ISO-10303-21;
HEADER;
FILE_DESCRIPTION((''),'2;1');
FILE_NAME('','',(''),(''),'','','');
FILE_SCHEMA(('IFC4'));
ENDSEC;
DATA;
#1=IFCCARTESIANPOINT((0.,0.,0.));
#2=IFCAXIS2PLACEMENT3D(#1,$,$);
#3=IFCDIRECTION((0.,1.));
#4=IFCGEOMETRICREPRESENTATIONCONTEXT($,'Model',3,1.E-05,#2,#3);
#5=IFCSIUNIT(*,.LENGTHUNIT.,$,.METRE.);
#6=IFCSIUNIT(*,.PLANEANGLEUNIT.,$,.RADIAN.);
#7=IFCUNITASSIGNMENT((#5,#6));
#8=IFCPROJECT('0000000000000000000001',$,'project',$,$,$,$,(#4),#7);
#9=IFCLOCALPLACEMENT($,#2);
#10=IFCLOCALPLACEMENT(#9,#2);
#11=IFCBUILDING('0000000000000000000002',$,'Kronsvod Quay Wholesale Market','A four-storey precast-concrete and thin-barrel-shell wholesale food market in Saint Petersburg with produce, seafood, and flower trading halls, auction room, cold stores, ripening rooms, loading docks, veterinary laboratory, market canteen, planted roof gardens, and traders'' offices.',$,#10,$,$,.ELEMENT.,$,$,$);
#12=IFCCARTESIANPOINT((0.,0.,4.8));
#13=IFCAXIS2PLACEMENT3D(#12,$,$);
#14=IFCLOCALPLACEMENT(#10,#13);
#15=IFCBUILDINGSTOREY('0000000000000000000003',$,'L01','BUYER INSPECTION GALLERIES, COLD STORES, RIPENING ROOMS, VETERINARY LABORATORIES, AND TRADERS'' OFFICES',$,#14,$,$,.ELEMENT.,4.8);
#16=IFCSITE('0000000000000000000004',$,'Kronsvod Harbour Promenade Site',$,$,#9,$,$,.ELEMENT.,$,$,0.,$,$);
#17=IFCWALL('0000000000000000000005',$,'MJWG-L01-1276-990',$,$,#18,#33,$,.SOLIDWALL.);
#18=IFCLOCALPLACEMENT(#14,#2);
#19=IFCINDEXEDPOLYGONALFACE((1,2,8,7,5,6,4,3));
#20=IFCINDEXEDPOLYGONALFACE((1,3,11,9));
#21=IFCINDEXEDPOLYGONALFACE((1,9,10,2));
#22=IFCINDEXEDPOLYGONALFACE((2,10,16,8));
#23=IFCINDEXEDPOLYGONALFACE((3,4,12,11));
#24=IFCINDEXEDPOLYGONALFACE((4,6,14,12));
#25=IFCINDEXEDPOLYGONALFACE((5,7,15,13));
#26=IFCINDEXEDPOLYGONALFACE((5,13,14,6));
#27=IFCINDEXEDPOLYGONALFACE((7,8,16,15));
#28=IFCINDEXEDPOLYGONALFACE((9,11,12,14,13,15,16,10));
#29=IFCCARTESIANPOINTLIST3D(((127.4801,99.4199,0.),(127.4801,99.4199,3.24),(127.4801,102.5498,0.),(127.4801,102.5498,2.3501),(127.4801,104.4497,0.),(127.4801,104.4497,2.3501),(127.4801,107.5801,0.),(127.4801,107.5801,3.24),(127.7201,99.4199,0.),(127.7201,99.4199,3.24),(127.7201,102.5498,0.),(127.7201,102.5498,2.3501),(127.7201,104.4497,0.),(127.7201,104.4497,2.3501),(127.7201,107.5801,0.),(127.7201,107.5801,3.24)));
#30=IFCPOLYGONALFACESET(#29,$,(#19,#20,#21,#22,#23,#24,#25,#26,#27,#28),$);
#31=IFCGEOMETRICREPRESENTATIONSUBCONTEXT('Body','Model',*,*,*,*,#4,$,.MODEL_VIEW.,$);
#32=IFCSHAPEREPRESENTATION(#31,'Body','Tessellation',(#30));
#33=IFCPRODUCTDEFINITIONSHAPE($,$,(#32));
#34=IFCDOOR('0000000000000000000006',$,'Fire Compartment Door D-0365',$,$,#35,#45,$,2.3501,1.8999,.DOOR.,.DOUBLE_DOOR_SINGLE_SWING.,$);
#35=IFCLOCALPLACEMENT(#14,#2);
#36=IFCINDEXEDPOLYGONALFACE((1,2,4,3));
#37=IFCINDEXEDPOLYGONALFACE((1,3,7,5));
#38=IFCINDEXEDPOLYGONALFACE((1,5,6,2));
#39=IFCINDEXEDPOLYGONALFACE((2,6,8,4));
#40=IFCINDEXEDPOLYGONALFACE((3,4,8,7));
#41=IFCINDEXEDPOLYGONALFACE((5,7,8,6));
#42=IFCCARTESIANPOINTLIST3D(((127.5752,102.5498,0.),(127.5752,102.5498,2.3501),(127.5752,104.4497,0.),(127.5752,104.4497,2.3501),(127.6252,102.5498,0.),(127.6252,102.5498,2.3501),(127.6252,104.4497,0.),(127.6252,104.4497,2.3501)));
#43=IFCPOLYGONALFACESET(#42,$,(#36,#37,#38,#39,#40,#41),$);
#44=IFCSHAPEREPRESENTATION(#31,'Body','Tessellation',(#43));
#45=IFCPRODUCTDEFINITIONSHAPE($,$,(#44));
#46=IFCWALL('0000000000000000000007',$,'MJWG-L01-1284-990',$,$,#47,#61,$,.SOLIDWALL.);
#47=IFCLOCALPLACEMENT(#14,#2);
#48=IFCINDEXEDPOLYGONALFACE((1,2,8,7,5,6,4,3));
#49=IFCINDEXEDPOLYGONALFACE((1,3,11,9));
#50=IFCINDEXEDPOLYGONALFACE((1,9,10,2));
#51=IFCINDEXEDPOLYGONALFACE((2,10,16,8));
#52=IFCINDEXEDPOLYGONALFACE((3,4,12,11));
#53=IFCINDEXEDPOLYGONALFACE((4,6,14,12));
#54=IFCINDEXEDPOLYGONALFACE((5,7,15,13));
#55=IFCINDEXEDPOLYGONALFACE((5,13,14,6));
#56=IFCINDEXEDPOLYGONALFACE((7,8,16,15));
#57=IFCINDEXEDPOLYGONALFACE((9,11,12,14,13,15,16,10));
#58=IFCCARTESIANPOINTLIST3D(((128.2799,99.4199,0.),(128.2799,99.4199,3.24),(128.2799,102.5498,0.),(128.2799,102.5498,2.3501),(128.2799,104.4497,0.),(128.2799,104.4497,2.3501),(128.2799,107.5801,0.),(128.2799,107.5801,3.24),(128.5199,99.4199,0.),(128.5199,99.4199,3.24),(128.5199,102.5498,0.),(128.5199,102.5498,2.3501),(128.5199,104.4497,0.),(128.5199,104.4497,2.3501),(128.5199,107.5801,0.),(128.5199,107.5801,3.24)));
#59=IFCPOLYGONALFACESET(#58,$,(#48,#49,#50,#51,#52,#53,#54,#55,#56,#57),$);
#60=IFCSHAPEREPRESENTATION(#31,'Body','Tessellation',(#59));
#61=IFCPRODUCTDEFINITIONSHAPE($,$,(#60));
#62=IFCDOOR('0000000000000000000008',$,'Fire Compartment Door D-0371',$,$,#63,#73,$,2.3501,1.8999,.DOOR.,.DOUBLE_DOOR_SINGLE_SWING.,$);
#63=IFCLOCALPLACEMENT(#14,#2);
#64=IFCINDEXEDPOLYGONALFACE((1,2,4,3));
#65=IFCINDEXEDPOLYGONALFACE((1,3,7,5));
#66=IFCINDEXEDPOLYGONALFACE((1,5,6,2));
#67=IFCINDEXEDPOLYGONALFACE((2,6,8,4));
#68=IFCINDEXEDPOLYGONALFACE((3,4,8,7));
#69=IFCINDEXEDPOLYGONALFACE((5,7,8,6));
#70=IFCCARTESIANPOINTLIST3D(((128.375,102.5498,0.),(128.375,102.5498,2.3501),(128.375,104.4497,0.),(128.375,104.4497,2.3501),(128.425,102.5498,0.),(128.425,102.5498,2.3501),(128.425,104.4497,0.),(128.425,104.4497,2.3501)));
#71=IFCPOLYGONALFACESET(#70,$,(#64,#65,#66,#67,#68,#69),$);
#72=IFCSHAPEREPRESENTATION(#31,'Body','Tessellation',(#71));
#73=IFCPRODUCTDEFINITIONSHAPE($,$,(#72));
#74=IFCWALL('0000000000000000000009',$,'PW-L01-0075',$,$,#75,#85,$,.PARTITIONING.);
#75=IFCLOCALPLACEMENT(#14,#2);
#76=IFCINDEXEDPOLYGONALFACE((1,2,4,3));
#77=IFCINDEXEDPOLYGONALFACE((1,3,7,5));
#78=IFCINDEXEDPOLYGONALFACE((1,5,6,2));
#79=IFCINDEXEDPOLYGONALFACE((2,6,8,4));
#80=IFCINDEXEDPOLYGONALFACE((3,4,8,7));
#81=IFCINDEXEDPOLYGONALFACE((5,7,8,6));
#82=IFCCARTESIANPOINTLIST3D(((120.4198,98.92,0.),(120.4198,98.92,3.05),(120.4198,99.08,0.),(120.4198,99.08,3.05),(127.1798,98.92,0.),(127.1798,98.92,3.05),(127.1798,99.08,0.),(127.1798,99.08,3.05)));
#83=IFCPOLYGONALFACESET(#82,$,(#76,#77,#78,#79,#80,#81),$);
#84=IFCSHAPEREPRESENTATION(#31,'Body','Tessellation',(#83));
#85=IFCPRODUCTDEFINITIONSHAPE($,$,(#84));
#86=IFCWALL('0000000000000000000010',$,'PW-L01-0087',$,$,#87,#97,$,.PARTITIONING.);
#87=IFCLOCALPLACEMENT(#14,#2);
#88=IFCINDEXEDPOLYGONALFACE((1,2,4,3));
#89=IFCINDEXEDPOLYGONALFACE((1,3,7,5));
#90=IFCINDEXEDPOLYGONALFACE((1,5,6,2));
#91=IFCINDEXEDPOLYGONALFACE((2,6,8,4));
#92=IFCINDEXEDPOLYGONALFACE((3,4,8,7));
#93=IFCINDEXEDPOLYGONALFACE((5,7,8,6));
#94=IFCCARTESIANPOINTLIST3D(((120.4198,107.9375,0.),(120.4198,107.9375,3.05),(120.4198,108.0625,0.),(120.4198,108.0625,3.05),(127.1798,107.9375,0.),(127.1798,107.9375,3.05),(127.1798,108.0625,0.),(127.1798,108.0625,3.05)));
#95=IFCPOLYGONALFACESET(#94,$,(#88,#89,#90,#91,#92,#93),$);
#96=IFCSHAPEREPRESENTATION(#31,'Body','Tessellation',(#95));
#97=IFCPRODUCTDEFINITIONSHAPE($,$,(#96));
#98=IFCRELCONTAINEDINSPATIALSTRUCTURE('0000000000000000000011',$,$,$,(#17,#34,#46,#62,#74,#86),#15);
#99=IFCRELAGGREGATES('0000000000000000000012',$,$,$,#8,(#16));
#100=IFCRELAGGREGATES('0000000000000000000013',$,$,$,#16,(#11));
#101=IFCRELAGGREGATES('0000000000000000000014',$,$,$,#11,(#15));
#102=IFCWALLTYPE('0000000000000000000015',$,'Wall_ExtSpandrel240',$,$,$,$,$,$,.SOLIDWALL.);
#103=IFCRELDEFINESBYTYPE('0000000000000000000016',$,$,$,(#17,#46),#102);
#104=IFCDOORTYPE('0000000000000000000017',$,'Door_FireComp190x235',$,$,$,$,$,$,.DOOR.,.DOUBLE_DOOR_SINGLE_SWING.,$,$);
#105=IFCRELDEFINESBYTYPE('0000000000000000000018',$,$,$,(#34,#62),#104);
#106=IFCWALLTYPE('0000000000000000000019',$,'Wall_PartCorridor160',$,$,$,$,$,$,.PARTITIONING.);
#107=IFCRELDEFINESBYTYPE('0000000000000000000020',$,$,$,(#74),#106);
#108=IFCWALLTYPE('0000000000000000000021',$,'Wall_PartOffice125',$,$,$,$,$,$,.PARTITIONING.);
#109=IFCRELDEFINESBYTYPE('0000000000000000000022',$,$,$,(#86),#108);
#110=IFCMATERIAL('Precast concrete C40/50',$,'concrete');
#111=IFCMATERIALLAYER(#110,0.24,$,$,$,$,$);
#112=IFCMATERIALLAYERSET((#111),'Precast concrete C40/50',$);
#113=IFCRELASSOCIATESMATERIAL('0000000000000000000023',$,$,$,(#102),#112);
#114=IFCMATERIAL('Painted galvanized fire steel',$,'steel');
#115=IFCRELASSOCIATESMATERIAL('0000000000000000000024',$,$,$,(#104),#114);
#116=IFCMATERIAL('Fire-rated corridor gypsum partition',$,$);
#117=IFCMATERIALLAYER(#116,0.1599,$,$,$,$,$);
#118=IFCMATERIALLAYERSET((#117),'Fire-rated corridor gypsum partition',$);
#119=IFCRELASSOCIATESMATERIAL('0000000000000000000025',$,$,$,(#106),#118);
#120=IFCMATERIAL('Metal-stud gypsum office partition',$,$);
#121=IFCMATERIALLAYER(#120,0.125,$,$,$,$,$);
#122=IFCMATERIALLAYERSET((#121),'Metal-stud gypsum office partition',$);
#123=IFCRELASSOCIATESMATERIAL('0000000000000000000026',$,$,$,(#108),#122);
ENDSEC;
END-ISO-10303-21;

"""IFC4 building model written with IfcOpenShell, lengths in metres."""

from ifc_helpers import new_model, si_unit, direction, frame, frame_2d, origin, place, context, subcontext, project, spatial, rectangle, extrude, material, layer, layer_set, type_object, element, fill, save


model = new_model("IFC4")

# Units and contexts
model_context = context("Model", 3, precision=1e-05, world=origin(), true_north=direction((0.0, 1.0)))
body_context = subcontext(model_context, "Body", "Model", "MODEL_VIEW")
ifc_project = project(units=[si_unit("LENGTHUNIT", "METRE"), si_unit("PLANEANGLEUNIT", "RADIAN")], contexts=[model_context])

# Site, building, storey
site_placement = place(None, origin())
site = spatial("IfcSite", under=ifc_project, at=site_placement, Name="Kronsvod Harbour Promenade Site", CompositionType="ELEMENT", RefElevation=0.0)
building_placement = place(site_placement, origin())
building = spatial("IfcBuilding", under=site, at=building_placement, Name="Kronsvod Quay Wholesale Market", Description="A four-storey precast-concrete and thin-barrel-shell wholesale food market in Saint Petersburg with produce, seafood, and flower trading halls, auction room, cold stores, ripening rooms, loading docks, veterinary laboratory, market canteen, planted roof gardens, and traders' offices.", CompositionType="ELEMENT")
storey_placement = place(building_placement, frame((0.0, 0.0, 4.8)))
storey = spatial("IfcBuildingStorey", under=building, at=storey_placement, Name="L01", Description="BUYER INSPECTION GALLERIES, COLD STORES, RIPENING ROOMS, VETERINARY LABORATORIES, AND TRADERS' OFFICES", CompositionType="ELEMENT", Elevation=4.8)

# Walls, openings, doors
ifc_material_1 = material(Name="Precast concrete C40/50", Category="concrete")
ifc_layer_1 = layer(ifc_material_1, 0.24)
ifc_layer_set_1 = layer_set([ifc_layer_1], Name="Precast concrete C40/50")
wall_type_1 = type_object("IfcWallType", Name="Wall_ExtSpandrel240", PredefinedType="SOLIDWALL", material=ifc_layer_set_1)
wall_1_placement = place(storey_placement, frame((127.6001, 99.4199, 0.0), z_axis=(0.0, 0.0, 1.0), x_axis=(0.0, 1.0, 0.0)))
wall_1 = element("IfcWall", 1, at=wall_1_placement, inside=storey, type_object=wall_type_1, Name="MJWG-L01-1276-990", PredefinedType="SOLIDWALL", context=body_context, shape_type="SweptSolid", body=[
    extrude(rectangle(XDim=8.1602, YDim=0.24, at=frame_2d((4.0801, 0.0))), origin(), (0.0, 0.0, 1.0), 3.24),
])
opening_1_placement = place(wall_1_placement, frame((3.1299, 0.0, 0.0)))
opening_1 = element("IfcOpeningElement", 2, at=opening_1_placement, cuts=wall_1, PredefinedType="OPENING", context=body_context, shape_type="SweptSolid", body=[
    extrude(rectangle(XDim=1.8999, YDim=2.3501, at=frame_2d((0.95, 1.175))), frame((0.0, 0.1299, 0.0), z_axis=(0.0, -1.0, 0.0), x_axis=(1.0, 0.0, 0.0)), (0.0, 0.0, 1.0), 0.26),
])
ifc_material_2 = material(Name="Painted galvanized fire steel", Category="steel")
door_type = type_object("IfcDoorType", Name="Door_FireComp190x235", OperationType="DOUBLE_DOOR_SINGLE_SWING", PredefinedType="DOOR", material=ifc_material_2)
door_1_placement = place(opening_1_placement, origin())
door_1 = element("IfcDoor", 3, at=door_1_placement, inside=storey, type_object=door_type, Name="Fire Compartment Door D-0365", OperationType="DOUBLE_DOOR_SINGLE_SWING", OverallHeight=2.3501, OverallWidth=1.8999, PredefinedType="DOOR", context=body_context, shape_type="SweptSolid", body=[
    extrude(rectangle(XDim=1.8999, YDim=2.3501, at=frame_2d((0.95, 1.175))), frame((0.0, 0.0249, 0.0), z_axis=(0.0, -1.0, 0.0), x_axis=(1.0, 0.0, 0.0)), (0.0, 0.0, 1.0), 0.05),
])
fill(opening_1, door_1)
wall_2_placement = place(storey_placement, frame((128.3999, 99.4199, 0.0), z_axis=(0.0, 0.0, 1.0), x_axis=(0.0, 1.0, 0.0)))
wall_2 = element("IfcWall", 4, at=wall_2_placement, inside=storey, type_object=wall_type_1, Name="MJWG-L01-1284-990", PredefinedType="SOLIDWALL", context=body_context, shape_type="SweptSolid", body=[
    extrude(rectangle(XDim=8.1602, YDim=0.24, at=frame_2d((4.0801, 0.0))), origin(), (0.0, 0.0, 1.0), 3.24),
])
opening_2_placement = place(wall_2_placement, frame((3.1299, 0.0, 0.0)))
opening_2 = element("IfcOpeningElement", 5, at=opening_2_placement, cuts=wall_2, PredefinedType="OPENING", context=body_context, shape_type="SweptSolid", body=[
    extrude(rectangle(XDim=1.8999, YDim=2.3501, at=frame_2d((0.95, 1.175))), frame((0.0, 0.1299, 0.0), z_axis=(0.0, -1.0, 0.0), x_axis=(1.0, 0.0, 0.0)), (0.0, 0.0, 1.0), 0.26),
])
door_2_placement = place(opening_2_placement, origin())
door_2 = element("IfcDoor", 6, at=door_2_placement, inside=storey, type_object=door_type, Name="Fire Compartment Door D-0371", OperationType="DOUBLE_DOOR_SINGLE_SWING", OverallHeight=2.3501, OverallWidth=1.8999, PredefinedType="DOOR", context=body_context, shape_type="SweptSolid", body=[
    extrude(rectangle(XDim=1.8999, YDim=2.3501, at=frame_2d((0.95, 1.175))), frame((0.0, 0.0249, 0.0), z_axis=(0.0, -1.0, 0.0), x_axis=(1.0, 0.0, 0.0)), (0.0, 0.0, 1.0), 0.05),
])
fill(opening_2, door_2)

# Walls
ifc_material_3 = material(Name="Fire-rated corridor gypsum partition")
ifc_layer_2 = layer(ifc_material_3, 0.1599)
ifc_layer_set_2 = layer_set([ifc_layer_2], Name="Fire-rated corridor gypsum partition")
wall_type_2 = type_object("IfcWallType", Name="Wall_PartCorridor160", PredefinedType="PARTITIONING", material=ifc_layer_set_2)
wall_3_placement = place(storey_placement, frame((120.4199, 99.0, 0.0), z_axis=(0.0, 0.0, 1.0), x_axis=(1.0, 0.0, 0.0)))
element("IfcWall", 7, at=wall_3_placement, inside=storey, type_object=wall_type_2, Name="PW-L01-0075", PredefinedType="PARTITIONING", context=body_context, shape_type="SweptSolid", body=[
    extrude(rectangle(XDim=6.76, YDim=0.1599, at=frame_2d((3.3799, 0.0))), origin(), (0.0, 0.0, 1.0), 3.05),
])
ifc_material_4 = material(Name="Metal-stud gypsum office partition")
ifc_layer_3 = layer(ifc_material_4, 0.125)
ifc_layer_set_3 = layer_set([ifc_layer_3], Name="Metal-stud gypsum office partition")
wall_type_3 = type_object("IfcWallType", Name="Wall_PartOffice125", PredefinedType="PARTITIONING", material=ifc_layer_set_3)
wall_4_placement = place(storey_placement, frame((120.4199, 108.0, 0.0), z_axis=(0.0, 0.0, 1.0), x_axis=(1.0, 0.0, 0.0)))
element("IfcWall", 8, at=wall_4_placement, inside=storey, type_object=wall_type_3, Name="PW-L01-0087", PredefinedType="PARTITIONING", context=body_context, shape_type="SweptSolid", body=[
    extrude(rectangle(XDim=6.76, YDim=0.125, at=frame_2d((3.3799, 0.0))), origin(), (0.0, 0.0, 1.0), 3.05),
])

save(model, "model.ifc")
